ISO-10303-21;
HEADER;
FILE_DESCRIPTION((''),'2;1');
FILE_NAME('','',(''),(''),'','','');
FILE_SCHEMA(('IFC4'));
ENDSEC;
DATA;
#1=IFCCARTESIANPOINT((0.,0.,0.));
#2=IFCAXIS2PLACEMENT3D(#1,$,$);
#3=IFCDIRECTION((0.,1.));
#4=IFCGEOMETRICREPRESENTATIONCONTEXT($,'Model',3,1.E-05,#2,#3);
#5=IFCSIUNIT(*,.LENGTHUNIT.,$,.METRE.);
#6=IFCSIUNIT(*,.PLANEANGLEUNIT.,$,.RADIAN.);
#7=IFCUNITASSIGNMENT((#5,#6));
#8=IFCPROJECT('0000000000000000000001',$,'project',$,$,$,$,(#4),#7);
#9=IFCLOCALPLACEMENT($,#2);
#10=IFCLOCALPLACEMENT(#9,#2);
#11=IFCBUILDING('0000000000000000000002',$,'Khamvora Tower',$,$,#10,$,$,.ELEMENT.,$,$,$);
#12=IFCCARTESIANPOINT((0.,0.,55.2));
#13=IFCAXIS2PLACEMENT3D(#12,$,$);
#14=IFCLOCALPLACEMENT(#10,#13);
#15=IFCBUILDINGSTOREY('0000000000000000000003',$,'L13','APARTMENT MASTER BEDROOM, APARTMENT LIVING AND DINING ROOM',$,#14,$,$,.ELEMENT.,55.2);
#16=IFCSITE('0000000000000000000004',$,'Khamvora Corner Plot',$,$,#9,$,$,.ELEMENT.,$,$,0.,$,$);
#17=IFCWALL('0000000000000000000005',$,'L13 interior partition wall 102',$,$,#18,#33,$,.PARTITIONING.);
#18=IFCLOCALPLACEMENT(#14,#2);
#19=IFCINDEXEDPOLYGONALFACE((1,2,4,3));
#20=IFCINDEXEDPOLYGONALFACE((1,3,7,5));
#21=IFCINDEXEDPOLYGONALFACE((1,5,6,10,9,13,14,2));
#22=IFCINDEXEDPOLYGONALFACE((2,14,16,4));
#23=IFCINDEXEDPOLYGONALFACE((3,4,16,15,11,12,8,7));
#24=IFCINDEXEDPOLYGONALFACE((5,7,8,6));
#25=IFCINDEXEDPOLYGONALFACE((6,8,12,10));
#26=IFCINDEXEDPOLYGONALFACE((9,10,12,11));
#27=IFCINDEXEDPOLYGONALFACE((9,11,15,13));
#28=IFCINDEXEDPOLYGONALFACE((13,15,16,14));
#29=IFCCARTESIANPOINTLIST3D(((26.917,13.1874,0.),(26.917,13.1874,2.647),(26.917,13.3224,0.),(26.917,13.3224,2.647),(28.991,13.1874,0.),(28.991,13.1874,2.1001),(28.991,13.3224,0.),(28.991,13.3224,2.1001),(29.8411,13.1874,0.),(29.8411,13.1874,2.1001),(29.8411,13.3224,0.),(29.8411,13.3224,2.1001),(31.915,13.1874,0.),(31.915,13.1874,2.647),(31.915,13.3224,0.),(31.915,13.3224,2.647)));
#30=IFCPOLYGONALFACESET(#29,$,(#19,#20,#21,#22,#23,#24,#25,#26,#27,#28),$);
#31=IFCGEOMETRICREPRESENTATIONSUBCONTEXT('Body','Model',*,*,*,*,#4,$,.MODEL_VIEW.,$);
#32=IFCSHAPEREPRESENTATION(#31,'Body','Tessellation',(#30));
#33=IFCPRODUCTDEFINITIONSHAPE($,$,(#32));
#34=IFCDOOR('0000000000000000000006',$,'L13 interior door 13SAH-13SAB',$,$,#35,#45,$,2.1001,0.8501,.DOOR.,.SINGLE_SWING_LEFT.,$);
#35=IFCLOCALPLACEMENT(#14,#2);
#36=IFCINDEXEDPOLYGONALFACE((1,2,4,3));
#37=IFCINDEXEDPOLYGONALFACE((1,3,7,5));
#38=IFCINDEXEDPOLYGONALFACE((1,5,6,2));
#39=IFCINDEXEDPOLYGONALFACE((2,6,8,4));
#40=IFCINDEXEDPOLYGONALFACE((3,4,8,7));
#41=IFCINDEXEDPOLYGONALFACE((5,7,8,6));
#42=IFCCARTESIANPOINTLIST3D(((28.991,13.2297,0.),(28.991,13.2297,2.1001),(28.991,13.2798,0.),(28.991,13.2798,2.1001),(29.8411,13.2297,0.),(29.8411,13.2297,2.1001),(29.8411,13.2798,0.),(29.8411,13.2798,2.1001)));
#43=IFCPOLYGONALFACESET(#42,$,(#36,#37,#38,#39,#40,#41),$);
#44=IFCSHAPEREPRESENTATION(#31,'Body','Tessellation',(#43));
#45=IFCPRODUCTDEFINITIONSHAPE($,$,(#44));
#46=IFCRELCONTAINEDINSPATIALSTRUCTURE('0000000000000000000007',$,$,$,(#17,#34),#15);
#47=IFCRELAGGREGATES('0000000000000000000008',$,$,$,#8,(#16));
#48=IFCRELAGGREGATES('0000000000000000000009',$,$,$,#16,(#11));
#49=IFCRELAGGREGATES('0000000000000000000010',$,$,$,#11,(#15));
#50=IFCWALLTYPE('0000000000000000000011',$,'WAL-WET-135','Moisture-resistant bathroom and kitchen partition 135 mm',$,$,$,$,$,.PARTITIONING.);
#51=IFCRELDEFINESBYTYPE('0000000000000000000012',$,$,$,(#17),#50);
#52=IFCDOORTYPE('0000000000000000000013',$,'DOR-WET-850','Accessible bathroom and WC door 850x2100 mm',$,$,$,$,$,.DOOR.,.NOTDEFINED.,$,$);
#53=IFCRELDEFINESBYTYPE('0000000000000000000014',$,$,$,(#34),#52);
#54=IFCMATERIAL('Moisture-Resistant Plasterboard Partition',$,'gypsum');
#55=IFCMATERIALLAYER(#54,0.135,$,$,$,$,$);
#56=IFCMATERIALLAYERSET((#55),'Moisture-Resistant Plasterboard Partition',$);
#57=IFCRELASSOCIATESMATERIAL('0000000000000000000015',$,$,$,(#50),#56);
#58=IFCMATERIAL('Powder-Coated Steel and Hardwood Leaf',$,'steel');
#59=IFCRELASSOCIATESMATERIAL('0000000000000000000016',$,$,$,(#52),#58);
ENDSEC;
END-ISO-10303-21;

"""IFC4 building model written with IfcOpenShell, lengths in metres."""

from ifc_helpers import new_model, si_unit, direction, frame, frame_2d, origin, place, context, subcontext, project, spatial, rectangle, extrude, material, layer, layer_set, type_object, element, fill, save


model = new_model("IFC4")

# Units and contexts
model_context = context("Model", 3, precision=1e-05, world=origin(), true_north=direction((0.0, 1.0)))
body_context = subcontext(model_context, "Body", "Model", "MODEL_VIEW")
ifc_project = project(units=[si_unit("LENGTHUNIT", "METRE"), si_unit("PLANEANGLEUNIT", "RADIAN")], contexts=[model_context])

# Site, building, storey
site_placement = place(None, origin())
site = spatial("IfcSite", under=ifc_project, at=site_placement, Name="Khamvora Corner Plot", CompositionType="ELEMENT", RefElevation=0.0)
building_placement = place(site_placement, origin())
building = spatial("IfcBuilding", under=site, at=building_placement, Name="Khamvora Tower", CompositionType="ELEMENT")
storey_placement = place(building_placement, frame((0.0, 0.0, 55.2)))
storey = spatial("IfcBuildingStorey", under=building, at=storey_placement, Name="L13", Description="APARTMENT MASTER BEDROOM, APARTMENT LIVING AND DINING ROOM", CompositionType="ELEMENT", Elevation=55.2)

# Shared definitions
ifc_material_1 = material(Name="Powder-Coated Steel and Hardwood Leaf", Category="steel")

# Shared definitions
ifc_material_2 = material(Name="Moisture-Resistant Plasterboard Partition", Category="gypsum")
ifc_layer_1 = layer(ifc_material_2, 0.135)
ifc_layer_set_1 = layer_set([ifc_layer_1], Name="Moisture-Resistant Plasterboard Partition")
wall_type_1 = type_object("IfcWallType", Name="WAL-WET-135", Description="Moisture-resistant bathroom and kitchen partition 135 mm", PredefinedType="PARTITIONING", material=ifc_layer_set_1)

# Wall, opening, door
wall_1_placement = place(storey_placement, frame((26.917, 13.2549, 0.0), z_axis=(0.0, 0.0, 1.0), x_axis=(1.0, 0.0, 0.0)))
wall_1 = element("IfcWall", 1, at=wall_1_placement, inside=storey, type_object=wall_type_1, Name="L13 interior partition wall 102", PredefinedType="PARTITIONING", context=body_context, shape_type="SweptSolid", body=[
    extrude(rectangle(XDim=4.998, YDim=0.135, at=frame_2d((2.499, 0.0))), origin(), (0.0, 0.0, 1.0), 2.647),
])
opening_1_placement = place(wall_1_placement, frame((2.074, 0.0, 0.0)))
opening_1 = element("IfcOpeningElement", 2, at=opening_1_placement, cuts=wall_1, PredefinedType="OPENING", context=body_context, shape_type="SweptSolid", body=[
    extrude(rectangle(XDim=0.8501, YDim=2.1001, at=frame_2d((0.425, 1.05))), frame((0.0, 0.0774, 0.0), z_axis=(0.0, -1.0, 0.0), x_axis=(1.0, 0.0, 0.0)), (0.0, 0.0, 1.0), 0.155),
])
door_type_1 = type_object("IfcDoorType", Name="DOR-WET-850", Description="Accessible bathroom and WC door 850x2100 mm", OperationType="NOTDEFINED", PredefinedType="DOOR", material=ifc_material_1)
door_1_placement = place(opening_1_placement, origin())
door_1 = element("IfcDoor", 3, at=door_1_placement, inside=storey, type_object=door_type_1, Name="L13 interior door 13SAH-13SAB", OperationType="SINGLE_SWING_LEFT", OverallHeight=2.1001, OverallWidth=0.8501, PredefinedType="DOOR", context=body_context, shape_type="SweptSolid", body=[
    extrude(rectangle(XDim=0.8501, YDim=2.1001, at=frame_2d((0.425, 1.05))), frame((0.0, 0.0249, 0.0), z_axis=(0.0, -1.0, 0.0), x_axis=(1.0, 0.0, 0.0)), (0.0, 0.0, 1.0), 0.05),
])
fill(opening_1, door_1)

save(model, "model.ifc")
